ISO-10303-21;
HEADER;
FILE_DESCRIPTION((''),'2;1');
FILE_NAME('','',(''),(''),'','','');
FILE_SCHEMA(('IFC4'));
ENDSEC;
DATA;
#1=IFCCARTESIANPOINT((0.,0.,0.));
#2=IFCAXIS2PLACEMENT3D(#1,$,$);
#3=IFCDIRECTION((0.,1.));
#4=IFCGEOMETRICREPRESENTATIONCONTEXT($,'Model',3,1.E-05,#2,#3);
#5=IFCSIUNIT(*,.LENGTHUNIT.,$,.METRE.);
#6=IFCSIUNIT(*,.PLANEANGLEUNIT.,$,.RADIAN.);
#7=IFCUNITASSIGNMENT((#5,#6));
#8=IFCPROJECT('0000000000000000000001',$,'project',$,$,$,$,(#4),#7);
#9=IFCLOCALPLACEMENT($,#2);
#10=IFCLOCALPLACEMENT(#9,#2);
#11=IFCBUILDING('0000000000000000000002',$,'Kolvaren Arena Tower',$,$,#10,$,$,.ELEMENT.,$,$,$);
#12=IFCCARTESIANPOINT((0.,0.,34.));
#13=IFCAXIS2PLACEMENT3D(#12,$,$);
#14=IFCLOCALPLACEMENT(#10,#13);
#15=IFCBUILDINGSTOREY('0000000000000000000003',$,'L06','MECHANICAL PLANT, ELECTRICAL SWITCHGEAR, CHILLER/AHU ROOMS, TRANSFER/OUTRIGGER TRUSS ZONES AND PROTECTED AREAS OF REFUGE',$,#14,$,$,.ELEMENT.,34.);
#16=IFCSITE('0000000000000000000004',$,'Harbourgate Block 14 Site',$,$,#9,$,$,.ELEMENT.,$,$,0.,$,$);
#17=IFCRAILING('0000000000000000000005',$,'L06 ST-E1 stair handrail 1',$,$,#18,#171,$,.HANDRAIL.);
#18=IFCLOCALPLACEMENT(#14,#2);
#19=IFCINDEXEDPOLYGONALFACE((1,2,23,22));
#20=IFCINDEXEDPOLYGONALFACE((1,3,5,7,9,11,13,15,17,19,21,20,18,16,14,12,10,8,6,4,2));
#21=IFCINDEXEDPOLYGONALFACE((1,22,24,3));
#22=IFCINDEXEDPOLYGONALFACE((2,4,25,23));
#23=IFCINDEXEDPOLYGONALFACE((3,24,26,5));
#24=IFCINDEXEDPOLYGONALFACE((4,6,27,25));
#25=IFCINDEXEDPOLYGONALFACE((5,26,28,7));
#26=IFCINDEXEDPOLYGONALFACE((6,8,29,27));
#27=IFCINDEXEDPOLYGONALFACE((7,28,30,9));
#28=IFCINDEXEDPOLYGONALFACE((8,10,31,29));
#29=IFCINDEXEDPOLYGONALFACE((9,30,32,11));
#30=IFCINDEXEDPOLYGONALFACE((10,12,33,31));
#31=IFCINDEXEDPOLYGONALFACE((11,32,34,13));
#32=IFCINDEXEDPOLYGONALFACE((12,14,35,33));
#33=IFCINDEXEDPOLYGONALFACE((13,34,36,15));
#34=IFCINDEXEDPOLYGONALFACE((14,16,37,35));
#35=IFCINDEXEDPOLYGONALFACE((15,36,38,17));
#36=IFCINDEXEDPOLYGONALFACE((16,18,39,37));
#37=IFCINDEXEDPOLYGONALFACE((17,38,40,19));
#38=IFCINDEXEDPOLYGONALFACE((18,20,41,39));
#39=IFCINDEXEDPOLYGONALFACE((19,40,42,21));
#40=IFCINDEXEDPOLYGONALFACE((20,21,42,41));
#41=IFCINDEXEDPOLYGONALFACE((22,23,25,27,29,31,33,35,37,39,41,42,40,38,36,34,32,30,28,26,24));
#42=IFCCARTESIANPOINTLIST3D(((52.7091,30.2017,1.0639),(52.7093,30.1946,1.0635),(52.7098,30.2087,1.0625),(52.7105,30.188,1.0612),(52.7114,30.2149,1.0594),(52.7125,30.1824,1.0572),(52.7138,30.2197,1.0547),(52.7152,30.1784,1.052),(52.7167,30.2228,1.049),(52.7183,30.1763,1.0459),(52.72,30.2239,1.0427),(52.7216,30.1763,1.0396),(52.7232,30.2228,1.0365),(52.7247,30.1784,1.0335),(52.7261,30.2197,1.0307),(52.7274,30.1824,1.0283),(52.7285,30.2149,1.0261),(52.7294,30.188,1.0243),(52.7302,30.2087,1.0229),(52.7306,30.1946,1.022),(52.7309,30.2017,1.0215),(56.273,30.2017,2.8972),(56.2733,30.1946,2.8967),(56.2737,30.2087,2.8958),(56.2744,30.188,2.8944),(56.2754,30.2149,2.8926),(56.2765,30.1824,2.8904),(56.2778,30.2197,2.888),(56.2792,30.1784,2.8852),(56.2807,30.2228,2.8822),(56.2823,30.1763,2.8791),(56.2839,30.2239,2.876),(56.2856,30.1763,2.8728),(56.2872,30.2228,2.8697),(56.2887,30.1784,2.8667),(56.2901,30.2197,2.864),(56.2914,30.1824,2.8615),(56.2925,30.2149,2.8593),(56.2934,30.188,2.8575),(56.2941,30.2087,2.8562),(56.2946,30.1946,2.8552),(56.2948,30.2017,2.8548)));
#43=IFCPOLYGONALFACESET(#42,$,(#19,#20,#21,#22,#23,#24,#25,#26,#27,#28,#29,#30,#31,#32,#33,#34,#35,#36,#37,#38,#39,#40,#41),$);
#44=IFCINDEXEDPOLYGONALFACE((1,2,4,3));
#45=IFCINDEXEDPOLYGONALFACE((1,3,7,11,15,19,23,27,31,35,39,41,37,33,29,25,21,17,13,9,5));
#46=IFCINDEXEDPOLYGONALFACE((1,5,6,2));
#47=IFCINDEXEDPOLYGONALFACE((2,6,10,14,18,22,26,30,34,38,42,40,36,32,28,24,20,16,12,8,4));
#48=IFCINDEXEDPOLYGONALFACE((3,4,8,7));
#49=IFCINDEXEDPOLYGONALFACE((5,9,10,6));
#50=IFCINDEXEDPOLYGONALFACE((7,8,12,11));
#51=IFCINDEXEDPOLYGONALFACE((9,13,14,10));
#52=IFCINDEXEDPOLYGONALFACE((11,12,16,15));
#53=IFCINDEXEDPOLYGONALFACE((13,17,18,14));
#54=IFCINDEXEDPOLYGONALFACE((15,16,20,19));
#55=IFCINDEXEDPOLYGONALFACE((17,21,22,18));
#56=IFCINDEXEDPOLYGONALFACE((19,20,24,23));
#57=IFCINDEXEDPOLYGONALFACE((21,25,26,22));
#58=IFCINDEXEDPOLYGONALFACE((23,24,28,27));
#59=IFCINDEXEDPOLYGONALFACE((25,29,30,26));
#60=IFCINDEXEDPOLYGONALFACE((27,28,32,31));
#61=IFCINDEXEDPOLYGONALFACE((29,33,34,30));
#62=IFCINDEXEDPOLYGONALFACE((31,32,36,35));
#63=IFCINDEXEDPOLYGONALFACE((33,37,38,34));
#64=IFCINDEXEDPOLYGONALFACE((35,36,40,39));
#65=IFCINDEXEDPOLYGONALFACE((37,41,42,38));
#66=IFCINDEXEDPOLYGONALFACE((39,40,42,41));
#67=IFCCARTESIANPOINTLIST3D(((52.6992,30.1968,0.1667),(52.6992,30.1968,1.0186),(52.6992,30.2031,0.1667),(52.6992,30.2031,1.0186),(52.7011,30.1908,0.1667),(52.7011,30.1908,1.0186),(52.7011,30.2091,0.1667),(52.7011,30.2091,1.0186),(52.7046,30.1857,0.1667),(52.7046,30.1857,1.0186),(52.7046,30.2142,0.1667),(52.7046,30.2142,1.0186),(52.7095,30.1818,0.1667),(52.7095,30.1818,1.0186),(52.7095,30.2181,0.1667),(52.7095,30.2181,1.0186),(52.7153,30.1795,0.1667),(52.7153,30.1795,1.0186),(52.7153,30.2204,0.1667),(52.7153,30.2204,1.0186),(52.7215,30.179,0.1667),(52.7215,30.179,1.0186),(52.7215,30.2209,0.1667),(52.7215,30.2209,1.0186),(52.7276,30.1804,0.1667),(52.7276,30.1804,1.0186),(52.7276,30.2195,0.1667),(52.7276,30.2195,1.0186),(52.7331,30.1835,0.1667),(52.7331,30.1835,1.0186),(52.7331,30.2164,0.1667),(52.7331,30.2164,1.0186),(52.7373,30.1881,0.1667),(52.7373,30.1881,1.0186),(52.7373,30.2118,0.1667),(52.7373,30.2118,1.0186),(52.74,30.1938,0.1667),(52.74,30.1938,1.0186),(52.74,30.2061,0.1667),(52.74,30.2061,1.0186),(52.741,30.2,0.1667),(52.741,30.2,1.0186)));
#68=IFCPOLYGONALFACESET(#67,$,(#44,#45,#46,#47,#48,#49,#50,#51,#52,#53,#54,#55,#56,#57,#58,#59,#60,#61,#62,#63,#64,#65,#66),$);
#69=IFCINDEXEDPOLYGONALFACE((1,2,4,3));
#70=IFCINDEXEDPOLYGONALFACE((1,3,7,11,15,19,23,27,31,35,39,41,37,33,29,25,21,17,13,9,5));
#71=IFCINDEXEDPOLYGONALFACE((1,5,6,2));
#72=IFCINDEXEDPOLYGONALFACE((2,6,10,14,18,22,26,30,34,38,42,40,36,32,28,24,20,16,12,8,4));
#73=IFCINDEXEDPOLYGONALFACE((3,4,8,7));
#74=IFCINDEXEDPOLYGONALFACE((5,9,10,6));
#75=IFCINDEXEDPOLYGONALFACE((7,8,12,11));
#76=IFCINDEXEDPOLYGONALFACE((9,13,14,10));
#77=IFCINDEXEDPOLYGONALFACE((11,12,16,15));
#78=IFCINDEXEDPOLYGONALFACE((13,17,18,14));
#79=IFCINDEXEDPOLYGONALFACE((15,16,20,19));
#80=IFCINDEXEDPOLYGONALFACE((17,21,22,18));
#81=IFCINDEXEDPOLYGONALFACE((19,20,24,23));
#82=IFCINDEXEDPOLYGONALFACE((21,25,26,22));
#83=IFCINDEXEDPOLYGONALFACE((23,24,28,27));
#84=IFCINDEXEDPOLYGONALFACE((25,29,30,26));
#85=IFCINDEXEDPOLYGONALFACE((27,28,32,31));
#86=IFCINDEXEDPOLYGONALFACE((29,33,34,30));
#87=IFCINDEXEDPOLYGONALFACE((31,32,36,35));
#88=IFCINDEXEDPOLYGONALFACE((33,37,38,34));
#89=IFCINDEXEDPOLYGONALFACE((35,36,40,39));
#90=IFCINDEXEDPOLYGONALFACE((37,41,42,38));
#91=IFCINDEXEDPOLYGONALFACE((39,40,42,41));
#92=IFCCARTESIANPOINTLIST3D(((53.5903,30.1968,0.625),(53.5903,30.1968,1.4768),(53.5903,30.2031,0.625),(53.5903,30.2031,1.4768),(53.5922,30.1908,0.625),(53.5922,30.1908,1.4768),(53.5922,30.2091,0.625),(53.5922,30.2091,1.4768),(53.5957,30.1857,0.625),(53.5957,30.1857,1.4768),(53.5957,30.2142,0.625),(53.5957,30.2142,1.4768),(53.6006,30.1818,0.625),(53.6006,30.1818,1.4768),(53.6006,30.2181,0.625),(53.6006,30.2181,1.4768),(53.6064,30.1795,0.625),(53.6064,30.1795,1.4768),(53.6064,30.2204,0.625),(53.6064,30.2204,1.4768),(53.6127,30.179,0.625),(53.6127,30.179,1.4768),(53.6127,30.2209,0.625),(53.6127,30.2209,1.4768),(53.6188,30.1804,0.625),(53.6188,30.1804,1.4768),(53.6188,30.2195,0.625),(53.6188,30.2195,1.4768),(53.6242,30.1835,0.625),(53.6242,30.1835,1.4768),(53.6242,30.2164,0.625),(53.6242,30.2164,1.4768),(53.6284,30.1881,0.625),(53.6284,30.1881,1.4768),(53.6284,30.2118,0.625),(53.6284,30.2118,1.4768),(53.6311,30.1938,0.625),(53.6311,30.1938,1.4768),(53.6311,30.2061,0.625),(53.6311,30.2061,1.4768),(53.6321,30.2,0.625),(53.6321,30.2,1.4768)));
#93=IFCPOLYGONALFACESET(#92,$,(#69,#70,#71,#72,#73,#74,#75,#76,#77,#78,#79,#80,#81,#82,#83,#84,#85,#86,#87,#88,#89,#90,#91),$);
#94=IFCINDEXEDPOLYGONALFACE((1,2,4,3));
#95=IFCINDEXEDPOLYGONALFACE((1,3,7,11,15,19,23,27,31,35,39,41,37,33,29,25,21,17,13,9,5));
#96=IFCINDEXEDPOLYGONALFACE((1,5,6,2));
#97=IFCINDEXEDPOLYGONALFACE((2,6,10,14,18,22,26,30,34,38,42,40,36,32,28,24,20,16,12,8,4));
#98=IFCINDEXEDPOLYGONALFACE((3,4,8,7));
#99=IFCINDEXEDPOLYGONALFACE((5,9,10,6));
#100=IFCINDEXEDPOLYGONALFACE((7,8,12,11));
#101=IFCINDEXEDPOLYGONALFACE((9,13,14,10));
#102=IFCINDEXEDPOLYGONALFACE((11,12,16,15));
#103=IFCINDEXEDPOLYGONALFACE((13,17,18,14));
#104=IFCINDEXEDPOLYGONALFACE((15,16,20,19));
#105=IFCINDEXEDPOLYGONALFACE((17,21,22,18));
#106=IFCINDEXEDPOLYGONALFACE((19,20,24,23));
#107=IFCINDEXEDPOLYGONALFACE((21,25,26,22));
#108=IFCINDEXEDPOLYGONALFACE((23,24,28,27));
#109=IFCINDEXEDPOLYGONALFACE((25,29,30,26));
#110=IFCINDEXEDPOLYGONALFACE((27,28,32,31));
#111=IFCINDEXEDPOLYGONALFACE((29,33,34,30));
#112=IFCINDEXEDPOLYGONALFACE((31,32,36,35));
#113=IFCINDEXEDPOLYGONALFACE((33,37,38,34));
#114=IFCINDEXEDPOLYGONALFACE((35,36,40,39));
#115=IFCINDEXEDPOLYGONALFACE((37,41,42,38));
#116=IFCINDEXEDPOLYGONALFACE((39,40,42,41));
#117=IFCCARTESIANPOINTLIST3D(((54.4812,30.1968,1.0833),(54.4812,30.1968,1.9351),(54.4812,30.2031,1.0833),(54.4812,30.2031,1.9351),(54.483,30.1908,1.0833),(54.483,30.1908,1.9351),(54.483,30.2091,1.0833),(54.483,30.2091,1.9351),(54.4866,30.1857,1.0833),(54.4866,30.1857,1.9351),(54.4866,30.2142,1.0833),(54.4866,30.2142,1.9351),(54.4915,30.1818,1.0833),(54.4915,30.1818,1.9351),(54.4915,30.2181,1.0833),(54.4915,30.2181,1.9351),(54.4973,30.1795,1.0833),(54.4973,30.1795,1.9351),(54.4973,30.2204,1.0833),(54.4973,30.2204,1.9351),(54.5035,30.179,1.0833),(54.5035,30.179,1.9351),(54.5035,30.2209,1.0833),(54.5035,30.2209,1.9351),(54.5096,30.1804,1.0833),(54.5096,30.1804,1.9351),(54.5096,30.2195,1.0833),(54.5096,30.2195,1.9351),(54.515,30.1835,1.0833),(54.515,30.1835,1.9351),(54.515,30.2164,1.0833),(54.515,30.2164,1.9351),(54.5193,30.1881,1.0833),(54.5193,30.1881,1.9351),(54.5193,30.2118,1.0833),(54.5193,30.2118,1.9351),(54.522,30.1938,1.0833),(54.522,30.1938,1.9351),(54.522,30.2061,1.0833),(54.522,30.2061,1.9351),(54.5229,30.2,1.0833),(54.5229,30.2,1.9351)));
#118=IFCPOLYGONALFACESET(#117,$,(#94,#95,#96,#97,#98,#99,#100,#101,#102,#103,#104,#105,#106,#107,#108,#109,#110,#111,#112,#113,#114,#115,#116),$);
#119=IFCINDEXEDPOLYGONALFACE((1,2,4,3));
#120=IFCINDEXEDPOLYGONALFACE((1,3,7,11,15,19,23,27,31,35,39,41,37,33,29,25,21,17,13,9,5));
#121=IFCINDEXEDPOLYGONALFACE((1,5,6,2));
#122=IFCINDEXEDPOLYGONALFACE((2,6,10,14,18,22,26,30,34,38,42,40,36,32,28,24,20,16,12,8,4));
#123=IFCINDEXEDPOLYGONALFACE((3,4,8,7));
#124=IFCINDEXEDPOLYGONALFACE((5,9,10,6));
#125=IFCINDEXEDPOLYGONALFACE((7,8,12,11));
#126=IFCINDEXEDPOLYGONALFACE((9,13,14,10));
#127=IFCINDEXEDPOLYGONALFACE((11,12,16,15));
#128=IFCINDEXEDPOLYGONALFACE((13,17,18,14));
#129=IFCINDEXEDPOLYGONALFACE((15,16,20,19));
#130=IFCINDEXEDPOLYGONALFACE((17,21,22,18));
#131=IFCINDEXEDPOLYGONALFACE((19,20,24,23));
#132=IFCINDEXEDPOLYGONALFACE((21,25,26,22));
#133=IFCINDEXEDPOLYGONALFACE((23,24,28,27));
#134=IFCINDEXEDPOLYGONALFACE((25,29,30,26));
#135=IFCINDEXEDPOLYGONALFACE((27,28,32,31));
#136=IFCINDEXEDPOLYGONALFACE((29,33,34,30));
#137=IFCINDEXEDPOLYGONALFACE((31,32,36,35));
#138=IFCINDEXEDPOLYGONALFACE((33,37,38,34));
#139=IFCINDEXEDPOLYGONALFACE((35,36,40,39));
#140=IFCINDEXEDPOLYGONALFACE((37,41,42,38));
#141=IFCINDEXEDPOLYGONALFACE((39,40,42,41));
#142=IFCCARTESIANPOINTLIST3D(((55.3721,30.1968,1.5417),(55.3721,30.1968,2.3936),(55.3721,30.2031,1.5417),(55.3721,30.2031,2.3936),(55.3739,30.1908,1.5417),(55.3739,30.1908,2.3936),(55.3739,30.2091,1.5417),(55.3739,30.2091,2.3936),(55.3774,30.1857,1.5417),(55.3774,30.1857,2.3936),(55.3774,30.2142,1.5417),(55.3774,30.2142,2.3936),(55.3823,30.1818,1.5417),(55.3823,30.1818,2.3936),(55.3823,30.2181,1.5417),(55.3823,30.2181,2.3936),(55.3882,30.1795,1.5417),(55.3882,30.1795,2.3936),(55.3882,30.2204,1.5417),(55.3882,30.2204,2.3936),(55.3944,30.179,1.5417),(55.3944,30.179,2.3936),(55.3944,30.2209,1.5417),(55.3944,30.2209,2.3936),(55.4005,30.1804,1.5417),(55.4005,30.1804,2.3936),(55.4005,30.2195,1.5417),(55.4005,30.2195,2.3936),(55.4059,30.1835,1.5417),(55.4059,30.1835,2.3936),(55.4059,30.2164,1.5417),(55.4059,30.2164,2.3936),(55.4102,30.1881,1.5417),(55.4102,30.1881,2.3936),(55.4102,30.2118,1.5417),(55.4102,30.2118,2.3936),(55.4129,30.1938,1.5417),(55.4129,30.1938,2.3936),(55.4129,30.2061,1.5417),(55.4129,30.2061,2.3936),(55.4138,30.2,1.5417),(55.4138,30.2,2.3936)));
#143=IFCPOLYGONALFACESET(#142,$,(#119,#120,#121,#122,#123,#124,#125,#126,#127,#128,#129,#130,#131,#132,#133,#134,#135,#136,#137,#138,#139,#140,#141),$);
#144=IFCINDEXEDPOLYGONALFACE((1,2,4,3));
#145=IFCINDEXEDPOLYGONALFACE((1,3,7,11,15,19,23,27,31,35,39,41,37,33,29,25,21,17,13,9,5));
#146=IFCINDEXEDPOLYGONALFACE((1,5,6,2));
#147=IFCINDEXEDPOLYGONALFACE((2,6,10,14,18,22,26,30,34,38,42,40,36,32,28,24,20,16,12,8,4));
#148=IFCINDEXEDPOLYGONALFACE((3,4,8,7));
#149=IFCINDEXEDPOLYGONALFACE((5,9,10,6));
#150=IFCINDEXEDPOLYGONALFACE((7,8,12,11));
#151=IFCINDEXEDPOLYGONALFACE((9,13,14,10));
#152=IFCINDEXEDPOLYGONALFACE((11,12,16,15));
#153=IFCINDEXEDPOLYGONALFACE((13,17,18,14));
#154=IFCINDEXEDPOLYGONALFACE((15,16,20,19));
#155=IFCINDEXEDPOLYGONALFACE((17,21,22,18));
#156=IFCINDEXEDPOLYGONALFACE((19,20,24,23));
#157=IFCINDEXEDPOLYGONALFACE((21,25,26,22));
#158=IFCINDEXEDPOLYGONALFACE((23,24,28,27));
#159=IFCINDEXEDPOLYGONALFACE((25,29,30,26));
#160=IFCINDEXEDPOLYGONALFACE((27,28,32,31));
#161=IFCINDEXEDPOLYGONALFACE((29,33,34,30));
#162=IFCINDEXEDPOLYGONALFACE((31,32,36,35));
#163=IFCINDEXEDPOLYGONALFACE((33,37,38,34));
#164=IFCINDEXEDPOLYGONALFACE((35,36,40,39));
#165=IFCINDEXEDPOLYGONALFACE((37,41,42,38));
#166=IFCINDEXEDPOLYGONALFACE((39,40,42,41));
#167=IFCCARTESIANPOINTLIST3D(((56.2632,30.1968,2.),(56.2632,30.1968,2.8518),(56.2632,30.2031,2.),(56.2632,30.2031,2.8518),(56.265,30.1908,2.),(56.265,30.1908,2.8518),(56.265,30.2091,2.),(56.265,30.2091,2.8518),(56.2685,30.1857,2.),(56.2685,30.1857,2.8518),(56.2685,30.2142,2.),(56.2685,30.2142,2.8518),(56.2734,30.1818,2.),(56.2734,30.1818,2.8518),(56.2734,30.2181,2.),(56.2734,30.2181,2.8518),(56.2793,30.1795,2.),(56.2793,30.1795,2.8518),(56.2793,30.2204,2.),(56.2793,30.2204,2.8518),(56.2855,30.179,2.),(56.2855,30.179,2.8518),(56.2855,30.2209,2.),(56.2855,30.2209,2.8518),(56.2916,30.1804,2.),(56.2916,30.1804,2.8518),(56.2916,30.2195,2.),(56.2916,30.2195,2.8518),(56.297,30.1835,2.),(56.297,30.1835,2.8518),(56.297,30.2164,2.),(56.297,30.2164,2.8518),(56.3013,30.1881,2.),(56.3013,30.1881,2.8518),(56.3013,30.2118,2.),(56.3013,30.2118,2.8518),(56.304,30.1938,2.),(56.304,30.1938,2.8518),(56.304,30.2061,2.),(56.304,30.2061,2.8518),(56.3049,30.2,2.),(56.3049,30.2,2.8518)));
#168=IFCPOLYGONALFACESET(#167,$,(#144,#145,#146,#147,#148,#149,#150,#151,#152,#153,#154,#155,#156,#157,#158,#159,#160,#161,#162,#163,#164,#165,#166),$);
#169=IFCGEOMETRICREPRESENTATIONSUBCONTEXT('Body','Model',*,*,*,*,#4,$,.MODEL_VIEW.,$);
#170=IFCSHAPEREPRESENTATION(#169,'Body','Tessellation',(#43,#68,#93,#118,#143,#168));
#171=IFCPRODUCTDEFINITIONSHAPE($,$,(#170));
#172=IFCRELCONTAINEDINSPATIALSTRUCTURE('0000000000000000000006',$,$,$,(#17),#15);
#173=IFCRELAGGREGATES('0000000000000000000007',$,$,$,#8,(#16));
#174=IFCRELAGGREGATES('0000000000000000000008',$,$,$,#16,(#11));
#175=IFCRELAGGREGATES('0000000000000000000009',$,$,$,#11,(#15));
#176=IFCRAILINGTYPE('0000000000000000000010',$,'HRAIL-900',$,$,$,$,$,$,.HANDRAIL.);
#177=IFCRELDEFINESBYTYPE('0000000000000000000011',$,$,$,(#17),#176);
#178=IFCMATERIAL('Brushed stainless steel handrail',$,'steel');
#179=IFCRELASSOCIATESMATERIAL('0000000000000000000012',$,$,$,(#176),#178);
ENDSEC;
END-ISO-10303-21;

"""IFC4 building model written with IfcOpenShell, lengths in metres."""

from ifc_helpers import new_model, si_unit, direction, frame, origin, origin_2d, place, context, subcontext, project, spatial, circle, extrude, material, type_object, element, save


model = new_model("IFC4")

# Units and contexts
model_context = context("Model", 3, precision=1e-05, world=origin(), true_north=direction((0.0, 1.0)))
body_context = subcontext(model_context, "Body", "Model", "MODEL_VIEW")
ifc_project = project(units=[si_unit("LENGTHUNIT", "METRE"), si_unit("PLANEANGLEUNIT", "RADIAN")], contexts=[model_context])

# Site, building, storey
site_placement = place(None, origin())
site = spatial("IfcSite", under=ifc_project, at=site_placement, Name="Harbourgate Block 14 Site", CompositionType="ELEMENT", RefElevation=0.0)
building_placement = place(site_placement, origin())
building = spatial("IfcBuilding", under=site, at=building_placement, Name="Kolvaren Arena Tower", CompositionType="ELEMENT")
storey_placement = place(building_placement, frame((0.0, 0.0, 34.0)))
storey = spatial("IfcBuildingStorey", under=building, at=storey_placement, Name="L06", Description="MECHANICAL PLANT, ELECTRICAL SWITCHGEAR, CHILLER/AHU ROOMS, TRANSFER/OUTRIGGER TRUSS ZONES AND PROTECTED AREAS OF REFUGE", CompositionType="ELEMENT", Elevation=34.0)

# Railing
ifc_material_1 = material(Name="Brushed stainless steel handrail", Category="steel")
railing_type_1 = type_object("IfcRailingType", Name="HRAIL-900", PredefinedType="HANDRAIL", material=ifc_material_1)
railing_1_placement = place(storey_placement, frame((52.72, 30.2, 0.1667)))
element("IfcRailing", 1, at=railing_1_placement, inside=storey, type_object=railing_type_1, Name="L06 ST-E1 stair handrail 1", PredefinedType="HANDRAIL", context=body_context, shape_type="SweptSolid", body=[
    extrude(circle(Radius=0.0239, at=origin_2d()), frame((0.0, 0.0, 0.876), z_axis=(0.889252, 0.0, 0.457418), x_axis=(0.0, 1.0, 0.0)), (0.0, 0.0, 1.0), 4.0078),
    extrude(circle(Radius=0.021, at=origin_2d()), origin(), (0.0, 0.0, 1.0), 0.8518),
    extrude(circle(Radius=0.021, at=origin_2d()), frame((0.8911, 0.0, 0.4583)), (0.0, 0.0, 1.0), 0.8518),
    extrude(circle(Radius=0.021, at=origin_2d()), frame((1.782, 0.0, 0.9165)), (0.0, 0.0, 1.0), 0.8518),
    extrude(circle(Radius=0.021, at=origin_2d()), frame((2.6729, 0.0, 1.375)), (0.0, 0.0, 1.0), 0.8518),
    extrude(circle(Radius=0.021, at=origin_2d()), frame((3.564, 0.0, 1.8333)), (0.0, 0.0, 1.0), 0.8518),
])

save(model, "model.ifc")
